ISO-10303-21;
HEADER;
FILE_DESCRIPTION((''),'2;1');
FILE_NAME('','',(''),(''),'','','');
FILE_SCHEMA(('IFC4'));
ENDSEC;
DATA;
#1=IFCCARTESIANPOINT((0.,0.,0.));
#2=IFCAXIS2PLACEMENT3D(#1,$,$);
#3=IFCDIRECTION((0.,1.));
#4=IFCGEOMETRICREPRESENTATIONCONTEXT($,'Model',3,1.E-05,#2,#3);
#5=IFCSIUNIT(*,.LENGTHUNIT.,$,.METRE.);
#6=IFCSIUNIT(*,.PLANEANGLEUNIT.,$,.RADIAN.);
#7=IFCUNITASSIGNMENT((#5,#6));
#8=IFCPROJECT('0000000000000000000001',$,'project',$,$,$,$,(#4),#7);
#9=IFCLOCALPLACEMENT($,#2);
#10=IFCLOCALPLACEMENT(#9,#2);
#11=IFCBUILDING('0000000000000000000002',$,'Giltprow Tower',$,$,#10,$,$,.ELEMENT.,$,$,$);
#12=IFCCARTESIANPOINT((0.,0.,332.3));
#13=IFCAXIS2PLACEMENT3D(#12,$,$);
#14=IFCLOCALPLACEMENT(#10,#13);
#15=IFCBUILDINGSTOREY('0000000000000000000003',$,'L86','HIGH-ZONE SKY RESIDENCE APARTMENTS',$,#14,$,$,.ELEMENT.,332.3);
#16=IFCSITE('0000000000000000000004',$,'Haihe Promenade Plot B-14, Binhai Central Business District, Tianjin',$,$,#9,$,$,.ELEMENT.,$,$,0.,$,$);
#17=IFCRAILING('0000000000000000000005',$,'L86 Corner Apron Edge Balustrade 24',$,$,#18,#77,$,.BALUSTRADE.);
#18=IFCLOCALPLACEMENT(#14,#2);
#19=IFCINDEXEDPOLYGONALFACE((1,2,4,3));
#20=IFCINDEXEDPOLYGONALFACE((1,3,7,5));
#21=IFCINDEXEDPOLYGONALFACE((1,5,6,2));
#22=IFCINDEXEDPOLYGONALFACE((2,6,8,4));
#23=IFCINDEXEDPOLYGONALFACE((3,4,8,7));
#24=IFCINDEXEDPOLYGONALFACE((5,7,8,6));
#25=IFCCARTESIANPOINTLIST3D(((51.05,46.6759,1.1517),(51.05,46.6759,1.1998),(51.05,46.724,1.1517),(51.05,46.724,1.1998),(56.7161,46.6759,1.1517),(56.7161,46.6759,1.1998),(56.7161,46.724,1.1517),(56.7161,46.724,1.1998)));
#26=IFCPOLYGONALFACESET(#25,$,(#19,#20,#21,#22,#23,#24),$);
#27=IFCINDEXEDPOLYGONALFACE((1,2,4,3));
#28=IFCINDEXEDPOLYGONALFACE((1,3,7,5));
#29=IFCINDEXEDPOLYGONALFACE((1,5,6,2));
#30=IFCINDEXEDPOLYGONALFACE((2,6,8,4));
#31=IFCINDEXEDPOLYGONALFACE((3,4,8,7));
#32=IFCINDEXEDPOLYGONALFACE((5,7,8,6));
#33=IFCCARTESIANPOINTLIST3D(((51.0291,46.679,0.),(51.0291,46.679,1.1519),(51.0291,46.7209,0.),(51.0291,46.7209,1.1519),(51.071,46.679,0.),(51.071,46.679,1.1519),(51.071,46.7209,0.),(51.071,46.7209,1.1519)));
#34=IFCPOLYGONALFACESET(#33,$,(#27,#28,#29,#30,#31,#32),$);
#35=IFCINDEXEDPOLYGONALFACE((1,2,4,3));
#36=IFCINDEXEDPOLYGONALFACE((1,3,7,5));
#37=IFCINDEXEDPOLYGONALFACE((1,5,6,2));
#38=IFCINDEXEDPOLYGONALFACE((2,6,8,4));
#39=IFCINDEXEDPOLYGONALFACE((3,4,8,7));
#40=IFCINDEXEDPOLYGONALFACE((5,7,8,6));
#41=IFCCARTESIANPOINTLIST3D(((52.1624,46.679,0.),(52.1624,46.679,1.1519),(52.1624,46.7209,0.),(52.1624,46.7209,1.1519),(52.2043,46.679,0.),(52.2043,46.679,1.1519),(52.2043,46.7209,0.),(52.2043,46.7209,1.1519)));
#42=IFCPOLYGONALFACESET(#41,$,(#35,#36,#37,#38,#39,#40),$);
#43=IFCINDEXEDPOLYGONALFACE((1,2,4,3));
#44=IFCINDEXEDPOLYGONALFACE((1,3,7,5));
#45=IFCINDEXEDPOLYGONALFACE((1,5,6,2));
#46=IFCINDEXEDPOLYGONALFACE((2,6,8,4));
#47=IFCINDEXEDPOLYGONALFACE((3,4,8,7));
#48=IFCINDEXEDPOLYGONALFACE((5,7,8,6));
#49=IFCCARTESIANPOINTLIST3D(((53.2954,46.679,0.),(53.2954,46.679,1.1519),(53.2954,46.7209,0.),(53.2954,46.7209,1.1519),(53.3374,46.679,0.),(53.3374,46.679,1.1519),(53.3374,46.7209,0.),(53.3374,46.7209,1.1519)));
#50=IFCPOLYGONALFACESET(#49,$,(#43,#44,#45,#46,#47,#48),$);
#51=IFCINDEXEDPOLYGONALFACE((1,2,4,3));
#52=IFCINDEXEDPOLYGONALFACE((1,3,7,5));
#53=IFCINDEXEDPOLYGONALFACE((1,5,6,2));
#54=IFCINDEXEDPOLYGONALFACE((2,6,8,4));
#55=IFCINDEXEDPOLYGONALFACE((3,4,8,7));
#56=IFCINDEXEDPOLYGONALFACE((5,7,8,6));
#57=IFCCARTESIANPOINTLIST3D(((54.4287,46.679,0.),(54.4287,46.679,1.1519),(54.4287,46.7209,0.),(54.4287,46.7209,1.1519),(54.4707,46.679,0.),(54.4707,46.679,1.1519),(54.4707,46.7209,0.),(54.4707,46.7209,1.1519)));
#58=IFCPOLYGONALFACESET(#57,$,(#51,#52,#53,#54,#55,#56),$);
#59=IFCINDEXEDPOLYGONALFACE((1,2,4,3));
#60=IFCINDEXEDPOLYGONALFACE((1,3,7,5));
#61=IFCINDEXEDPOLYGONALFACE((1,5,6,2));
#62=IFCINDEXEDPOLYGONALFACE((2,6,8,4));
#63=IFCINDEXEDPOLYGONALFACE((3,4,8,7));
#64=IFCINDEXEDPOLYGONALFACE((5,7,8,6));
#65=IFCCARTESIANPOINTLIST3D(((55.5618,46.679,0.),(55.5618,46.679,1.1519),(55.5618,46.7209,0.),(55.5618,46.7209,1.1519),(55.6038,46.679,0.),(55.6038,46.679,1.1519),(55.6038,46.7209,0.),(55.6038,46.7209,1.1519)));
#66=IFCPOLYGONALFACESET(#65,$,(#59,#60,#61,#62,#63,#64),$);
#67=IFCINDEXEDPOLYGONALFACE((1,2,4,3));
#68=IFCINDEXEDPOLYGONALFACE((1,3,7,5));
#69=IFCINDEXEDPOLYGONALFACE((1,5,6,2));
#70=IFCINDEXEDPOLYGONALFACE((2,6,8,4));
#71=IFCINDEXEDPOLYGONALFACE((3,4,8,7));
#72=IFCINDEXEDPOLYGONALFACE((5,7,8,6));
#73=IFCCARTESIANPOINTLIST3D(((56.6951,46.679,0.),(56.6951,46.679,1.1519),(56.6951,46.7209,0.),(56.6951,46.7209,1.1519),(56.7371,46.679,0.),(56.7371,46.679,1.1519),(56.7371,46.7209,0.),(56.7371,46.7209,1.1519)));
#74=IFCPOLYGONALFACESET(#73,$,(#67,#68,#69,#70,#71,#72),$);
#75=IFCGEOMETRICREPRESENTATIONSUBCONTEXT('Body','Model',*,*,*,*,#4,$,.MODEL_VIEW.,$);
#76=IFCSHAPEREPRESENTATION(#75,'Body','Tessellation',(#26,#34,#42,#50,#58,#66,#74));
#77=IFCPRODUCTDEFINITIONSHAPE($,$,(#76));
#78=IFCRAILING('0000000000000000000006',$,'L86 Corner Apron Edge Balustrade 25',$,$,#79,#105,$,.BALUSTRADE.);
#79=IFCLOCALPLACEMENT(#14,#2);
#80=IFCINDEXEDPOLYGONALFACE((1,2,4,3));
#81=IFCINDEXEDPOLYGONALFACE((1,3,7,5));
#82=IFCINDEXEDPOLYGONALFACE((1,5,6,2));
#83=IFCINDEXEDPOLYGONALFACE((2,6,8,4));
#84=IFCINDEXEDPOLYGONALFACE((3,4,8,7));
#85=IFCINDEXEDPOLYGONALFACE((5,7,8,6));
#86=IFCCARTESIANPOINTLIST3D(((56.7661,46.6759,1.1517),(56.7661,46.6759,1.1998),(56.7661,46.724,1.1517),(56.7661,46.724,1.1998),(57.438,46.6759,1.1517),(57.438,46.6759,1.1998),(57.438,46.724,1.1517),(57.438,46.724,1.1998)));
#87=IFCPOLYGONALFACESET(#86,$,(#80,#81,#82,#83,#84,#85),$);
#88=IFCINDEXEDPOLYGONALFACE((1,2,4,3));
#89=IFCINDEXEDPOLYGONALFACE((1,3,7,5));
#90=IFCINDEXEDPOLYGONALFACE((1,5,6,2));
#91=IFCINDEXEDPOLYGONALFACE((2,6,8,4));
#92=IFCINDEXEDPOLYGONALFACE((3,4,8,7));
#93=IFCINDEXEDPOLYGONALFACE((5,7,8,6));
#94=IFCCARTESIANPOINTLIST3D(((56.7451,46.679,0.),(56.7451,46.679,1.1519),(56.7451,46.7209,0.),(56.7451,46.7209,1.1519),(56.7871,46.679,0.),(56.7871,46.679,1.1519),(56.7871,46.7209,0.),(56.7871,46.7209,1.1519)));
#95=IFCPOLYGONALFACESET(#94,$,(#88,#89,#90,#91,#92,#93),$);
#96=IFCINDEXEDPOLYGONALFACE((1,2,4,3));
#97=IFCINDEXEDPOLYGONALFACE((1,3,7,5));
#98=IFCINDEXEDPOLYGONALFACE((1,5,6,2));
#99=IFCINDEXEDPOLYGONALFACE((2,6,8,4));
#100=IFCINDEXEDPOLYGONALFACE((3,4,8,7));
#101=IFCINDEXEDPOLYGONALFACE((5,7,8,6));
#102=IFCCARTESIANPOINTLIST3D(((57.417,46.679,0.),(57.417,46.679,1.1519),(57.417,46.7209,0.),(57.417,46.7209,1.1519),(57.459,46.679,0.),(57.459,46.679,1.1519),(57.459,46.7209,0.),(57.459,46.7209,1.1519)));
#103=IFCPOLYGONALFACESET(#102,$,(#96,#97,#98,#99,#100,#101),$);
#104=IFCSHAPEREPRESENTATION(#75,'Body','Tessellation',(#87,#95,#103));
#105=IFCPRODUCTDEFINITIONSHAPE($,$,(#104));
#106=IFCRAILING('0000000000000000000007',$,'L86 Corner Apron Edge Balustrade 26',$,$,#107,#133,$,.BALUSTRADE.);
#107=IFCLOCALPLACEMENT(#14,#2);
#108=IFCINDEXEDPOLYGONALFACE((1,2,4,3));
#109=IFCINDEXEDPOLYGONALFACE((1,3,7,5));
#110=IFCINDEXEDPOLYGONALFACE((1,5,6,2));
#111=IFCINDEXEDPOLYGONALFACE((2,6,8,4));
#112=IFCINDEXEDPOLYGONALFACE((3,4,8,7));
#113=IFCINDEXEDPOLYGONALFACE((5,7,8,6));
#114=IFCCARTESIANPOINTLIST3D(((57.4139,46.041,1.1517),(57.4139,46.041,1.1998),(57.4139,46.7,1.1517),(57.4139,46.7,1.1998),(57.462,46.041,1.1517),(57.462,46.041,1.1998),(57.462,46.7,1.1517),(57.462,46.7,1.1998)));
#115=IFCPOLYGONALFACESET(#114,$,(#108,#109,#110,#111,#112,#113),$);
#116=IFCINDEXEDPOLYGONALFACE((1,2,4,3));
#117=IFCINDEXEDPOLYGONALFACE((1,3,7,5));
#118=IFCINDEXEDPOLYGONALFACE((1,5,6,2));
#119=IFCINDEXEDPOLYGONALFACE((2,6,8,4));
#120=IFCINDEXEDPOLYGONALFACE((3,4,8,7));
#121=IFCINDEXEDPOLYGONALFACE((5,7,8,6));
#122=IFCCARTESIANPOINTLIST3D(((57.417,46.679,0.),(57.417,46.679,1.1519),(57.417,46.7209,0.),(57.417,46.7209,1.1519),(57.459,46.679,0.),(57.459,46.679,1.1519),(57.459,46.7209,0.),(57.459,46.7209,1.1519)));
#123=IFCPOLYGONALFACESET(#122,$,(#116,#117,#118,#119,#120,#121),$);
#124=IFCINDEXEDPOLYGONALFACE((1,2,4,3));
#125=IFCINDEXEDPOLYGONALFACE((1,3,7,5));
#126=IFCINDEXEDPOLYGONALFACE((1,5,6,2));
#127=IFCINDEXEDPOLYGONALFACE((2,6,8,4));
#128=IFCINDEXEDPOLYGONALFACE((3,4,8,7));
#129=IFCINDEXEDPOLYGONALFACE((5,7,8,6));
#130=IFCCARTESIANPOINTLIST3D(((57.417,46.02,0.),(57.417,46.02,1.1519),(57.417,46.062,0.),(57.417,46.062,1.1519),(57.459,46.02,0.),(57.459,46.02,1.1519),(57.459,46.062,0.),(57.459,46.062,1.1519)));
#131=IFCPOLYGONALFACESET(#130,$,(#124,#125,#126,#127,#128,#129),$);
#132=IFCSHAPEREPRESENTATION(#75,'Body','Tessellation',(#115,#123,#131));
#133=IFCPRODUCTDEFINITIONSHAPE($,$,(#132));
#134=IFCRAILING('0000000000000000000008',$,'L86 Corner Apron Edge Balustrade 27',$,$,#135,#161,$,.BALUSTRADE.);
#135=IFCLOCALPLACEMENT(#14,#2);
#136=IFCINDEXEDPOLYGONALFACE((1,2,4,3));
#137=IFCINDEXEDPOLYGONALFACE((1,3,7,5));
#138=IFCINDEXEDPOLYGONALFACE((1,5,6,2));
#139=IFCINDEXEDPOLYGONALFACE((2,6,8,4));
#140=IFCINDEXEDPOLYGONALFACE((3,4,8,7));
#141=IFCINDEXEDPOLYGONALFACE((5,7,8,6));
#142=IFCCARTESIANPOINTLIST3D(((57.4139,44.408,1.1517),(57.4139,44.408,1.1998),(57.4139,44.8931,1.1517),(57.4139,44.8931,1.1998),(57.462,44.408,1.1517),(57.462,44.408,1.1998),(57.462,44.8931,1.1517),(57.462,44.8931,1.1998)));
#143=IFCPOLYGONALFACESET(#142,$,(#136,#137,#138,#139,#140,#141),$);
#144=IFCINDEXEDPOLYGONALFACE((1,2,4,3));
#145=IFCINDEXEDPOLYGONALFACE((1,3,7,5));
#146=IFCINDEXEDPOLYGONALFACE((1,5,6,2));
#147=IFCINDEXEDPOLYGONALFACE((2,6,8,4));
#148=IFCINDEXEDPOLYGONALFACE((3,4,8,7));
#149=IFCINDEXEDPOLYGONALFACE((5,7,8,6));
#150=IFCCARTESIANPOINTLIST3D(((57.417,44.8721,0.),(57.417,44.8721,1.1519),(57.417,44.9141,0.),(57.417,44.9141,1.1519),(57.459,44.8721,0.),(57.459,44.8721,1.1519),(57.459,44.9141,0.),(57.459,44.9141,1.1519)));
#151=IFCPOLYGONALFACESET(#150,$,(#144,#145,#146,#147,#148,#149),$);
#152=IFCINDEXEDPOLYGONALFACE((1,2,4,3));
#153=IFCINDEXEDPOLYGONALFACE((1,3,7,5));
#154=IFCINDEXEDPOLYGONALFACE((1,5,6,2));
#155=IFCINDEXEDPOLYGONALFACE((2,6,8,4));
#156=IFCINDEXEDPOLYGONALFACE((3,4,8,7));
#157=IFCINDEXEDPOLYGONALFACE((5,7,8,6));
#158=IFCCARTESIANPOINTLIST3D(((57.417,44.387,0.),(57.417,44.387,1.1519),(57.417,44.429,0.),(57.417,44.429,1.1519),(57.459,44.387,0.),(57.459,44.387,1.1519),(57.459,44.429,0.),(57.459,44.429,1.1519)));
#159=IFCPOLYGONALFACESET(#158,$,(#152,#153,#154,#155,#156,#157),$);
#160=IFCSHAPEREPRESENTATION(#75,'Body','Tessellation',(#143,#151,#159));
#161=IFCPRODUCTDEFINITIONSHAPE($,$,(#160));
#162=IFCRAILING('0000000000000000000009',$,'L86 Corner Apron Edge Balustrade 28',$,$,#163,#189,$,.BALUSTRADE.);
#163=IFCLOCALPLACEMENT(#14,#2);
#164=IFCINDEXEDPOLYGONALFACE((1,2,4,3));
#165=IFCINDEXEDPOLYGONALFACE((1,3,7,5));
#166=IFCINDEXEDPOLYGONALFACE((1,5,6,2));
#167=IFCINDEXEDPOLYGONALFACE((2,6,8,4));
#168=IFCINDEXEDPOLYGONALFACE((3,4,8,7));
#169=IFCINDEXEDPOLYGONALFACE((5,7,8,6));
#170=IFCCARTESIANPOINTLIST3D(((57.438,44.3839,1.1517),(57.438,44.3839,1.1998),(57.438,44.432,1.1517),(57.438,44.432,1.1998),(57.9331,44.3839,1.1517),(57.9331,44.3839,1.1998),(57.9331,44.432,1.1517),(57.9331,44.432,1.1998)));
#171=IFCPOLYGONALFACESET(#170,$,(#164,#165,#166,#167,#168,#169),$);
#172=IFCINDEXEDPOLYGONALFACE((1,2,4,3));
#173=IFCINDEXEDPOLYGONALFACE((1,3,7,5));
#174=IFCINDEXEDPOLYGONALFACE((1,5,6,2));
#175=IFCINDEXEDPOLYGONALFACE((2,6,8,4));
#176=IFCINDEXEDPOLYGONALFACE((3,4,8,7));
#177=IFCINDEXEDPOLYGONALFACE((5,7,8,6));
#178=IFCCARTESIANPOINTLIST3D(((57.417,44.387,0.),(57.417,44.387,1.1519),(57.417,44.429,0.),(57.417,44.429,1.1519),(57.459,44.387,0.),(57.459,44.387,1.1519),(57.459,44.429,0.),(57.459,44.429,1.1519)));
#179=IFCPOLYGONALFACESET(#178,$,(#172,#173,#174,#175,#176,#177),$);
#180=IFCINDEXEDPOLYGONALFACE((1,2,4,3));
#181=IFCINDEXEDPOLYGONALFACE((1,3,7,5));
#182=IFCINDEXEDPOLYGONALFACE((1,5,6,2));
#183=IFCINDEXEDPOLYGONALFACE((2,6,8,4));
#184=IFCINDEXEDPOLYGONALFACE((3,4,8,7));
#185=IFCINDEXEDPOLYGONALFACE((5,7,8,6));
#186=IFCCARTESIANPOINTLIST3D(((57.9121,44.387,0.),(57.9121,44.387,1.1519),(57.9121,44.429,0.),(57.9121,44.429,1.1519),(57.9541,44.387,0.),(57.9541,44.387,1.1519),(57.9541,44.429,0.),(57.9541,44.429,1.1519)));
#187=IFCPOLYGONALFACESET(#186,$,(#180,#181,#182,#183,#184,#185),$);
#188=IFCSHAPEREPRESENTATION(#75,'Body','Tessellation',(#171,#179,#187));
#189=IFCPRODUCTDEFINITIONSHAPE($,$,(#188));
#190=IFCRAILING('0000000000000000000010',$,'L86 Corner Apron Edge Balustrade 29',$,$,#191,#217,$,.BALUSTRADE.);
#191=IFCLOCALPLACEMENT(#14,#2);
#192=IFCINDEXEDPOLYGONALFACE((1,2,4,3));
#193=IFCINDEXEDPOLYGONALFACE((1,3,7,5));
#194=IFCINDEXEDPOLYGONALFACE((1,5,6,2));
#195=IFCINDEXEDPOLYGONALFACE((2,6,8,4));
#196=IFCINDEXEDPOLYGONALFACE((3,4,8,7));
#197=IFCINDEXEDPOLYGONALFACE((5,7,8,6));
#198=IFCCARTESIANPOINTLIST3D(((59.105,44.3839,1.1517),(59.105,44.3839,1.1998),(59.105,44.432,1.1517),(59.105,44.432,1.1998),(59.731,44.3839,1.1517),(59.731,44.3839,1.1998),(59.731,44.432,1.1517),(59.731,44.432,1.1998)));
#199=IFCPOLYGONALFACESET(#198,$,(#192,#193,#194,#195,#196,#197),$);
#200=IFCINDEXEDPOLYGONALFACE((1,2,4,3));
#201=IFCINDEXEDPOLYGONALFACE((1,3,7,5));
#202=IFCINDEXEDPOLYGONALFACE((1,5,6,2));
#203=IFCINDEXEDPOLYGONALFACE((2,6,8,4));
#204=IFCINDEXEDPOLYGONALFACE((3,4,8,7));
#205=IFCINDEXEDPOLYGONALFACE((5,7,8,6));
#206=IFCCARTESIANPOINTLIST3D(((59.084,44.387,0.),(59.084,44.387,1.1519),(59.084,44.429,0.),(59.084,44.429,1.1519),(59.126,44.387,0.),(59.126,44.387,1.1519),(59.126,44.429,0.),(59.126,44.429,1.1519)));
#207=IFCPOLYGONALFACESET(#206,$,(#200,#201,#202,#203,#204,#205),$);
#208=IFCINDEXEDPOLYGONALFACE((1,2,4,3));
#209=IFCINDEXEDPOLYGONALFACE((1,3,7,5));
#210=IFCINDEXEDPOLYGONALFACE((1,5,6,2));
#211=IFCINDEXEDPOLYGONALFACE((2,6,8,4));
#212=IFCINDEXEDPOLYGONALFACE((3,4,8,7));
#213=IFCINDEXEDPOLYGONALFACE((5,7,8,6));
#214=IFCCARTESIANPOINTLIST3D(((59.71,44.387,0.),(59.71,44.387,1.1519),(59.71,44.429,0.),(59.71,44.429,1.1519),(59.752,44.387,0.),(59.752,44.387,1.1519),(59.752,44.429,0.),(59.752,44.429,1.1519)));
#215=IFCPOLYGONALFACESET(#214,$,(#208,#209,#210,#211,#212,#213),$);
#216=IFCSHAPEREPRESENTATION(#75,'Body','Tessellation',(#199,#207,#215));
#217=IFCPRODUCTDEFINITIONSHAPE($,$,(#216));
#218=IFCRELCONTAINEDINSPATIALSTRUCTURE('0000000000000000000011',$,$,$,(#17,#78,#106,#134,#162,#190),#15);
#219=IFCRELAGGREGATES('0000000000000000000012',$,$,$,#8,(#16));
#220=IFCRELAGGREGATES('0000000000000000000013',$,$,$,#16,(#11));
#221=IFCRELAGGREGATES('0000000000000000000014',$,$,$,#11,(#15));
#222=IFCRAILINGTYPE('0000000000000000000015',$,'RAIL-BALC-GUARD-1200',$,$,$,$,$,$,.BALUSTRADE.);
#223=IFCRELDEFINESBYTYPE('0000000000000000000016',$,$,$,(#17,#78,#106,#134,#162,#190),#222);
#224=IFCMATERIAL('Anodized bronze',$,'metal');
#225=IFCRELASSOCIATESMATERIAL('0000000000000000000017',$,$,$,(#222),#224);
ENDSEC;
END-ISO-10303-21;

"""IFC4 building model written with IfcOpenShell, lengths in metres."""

from ifc_helpers import new_model, si_unit, direction, frame, origin, origin_2d, place, context, subcontext, project, spatial, rectangle, extrude, material, type_object, element, save


model = new_model("IFC4")

# Units and contexts
model_context = context("Model", 3, precision=1e-05, world=origin(), true_north=direction((0.0, 1.0)))
body_context = subcontext(model_context, "Body", "Model", "MODEL_VIEW")
ifc_project = project(units=[si_unit("LENGTHUNIT", "METRE"), si_unit("PLANEANGLEUNIT", "RADIAN")], contexts=[model_context])

# Site, building, storey
site_placement = place(None, origin())
site = spatial("IfcSite", under=ifc_project, at=site_placement, Name="Haihe Promenade Plot B-14, Binhai Central Business District, Tianjin", CompositionType="ELEMENT", RefElevation=0.0)
building_placement = place(site_placement, origin())
building = spatial("IfcBuilding", under=site, at=building_placement, Name="Giltprow Tower", CompositionType="ELEMENT")
storey_placement = place(building_placement, frame((0.0, 0.0, 332.3)))
storey = spatial("IfcBuildingStorey", under=building, at=storey_placement, Name="L86", Description="HIGH-ZONE SKY RESIDENCE APARTMENTS", CompositionType="ELEMENT", Elevation=332.3)

# Railings
ifc_material_1 = material(Name="Anodized bronze", Category="metal")
railing_type = type_object("IfcRailingType", Name="RAIL-BALC-GUARD-1200", PredefinedType="BALUSTRADE", material=ifc_material_1)
railing_1_placement = place(storey_placement, frame((51.05, 46.7, 0.0)))
element("IfcRailing", 1, at=railing_1_placement, inside=storey, type_object=railing_type, Name="L86 Corner Apron Edge Balustrade 24", PredefinedType="BALUSTRADE", context=body_context, shape_type="SweptSolid", body=[
    extrude(rectangle(XDim=0.0481, YDim=0.0481, at=origin_2d()), frame((0.0, 0.0, 1.1758), z_axis=(1.0, 0.0, 0.0), x_axis=(0.0, 1.0, 0.0)), (0.0, 0.0, 1.0), 5.666),
    extrude(rectangle(XDim=0.042, YDim=0.042, at=origin_2d()), origin(), (0.0, 0.0, 1.0), 1.1519),
    extrude(rectangle(XDim=0.042, YDim=0.042, at=origin_2d()), frame((1.1333, 0.0, 0.0)), (0.0, 0.0, 1.0), 1.1519),
    extrude(rectangle(XDim=0.042, YDim=0.042, at=origin_2d()), frame((2.2664, 0.0, 0.0)), (0.0, 0.0, 1.0), 1.1519),
    extrude(rectangle(XDim=0.042, YDim=0.042, at=origin_2d()), frame((3.3997, 0.0, 0.0)), (0.0, 0.0, 1.0), 1.1519),
    extrude(rectangle(XDim=0.042, YDim=0.042, at=origin_2d()), frame((4.5327, 0.0, 0.0)), (0.0, 0.0, 1.0), 1.1519),
    extrude(rectangle(XDim=0.042, YDim=0.042, at=origin_2d()), frame((5.666, 0.0, 0.0)), (0.0, 0.0, 1.0), 1.1519),
])
railing_2_placement = place(storey_placement, frame((56.7661, 46.7, 0.0)))
element("IfcRailing", 2, at=railing_2_placement, inside=storey, type_object=railing_type, Name="L86 Corner Apron Edge Balustrade 25", PredefinedType="BALUSTRADE", context=body_context, shape_type="SweptSolid", body=[
    extrude(rectangle(XDim=0.0481, YDim=0.0481, at=origin_2d()), frame((0.0, 0.0, 1.1758), z_axis=(1.0, 0.0, 0.0), x_axis=(0.0, 1.0, 0.0)), (0.0, 0.0, 1.0), 0.6719),
    extrude(rectangle(XDim=0.042, YDim=0.042, at=origin_2d()), origin(), (0.0, 0.0, 1.0), 1.1519),
    extrude(rectangle(XDim=0.042, YDim=0.042, at=origin_2d()), frame((0.6719, 0.0, 0.0)), (0.0, 0.0, 1.0), 1.1519),
])
railing_3_placement = place(storey_placement, frame((57.438, 46.7, 0.0)))
element("IfcRailing", 3, at=railing_3_placement, inside=storey, type_object=railing_type, Name="L86 Corner Apron Edge Balustrade 26", PredefinedType="BALUSTRADE", context=body_context, shape_type="SweptSolid", body=[
    extrude(rectangle(XDim=0.0481, YDim=0.0481, at=origin_2d()), frame((0.0, 0.0, 1.1758), z_axis=(0.0, -1.0, 0.0), x_axis=(1.0, 0.0, 0.0)), (0.0, 0.0, 1.0), 0.6589),
    extrude(rectangle(XDim=0.042, YDim=0.042, at=origin_2d()), origin(), (0.0, 0.0, 1.0), 1.1519),
    extrude(rectangle(XDim=0.042, YDim=0.042, at=origin_2d()), frame((0.0, -0.6589, 0.0)), (0.0, 0.0, 1.0), 1.1519),
])
railing_4_placement = place(storey_placement, frame((57.438, 44.8931, 0.0)))
element("IfcRailing", 4, at=railing_4_placement, inside=storey, type_object=railing_type, Name="L86 Corner Apron Edge Balustrade 27", PredefinedType="BALUSTRADE", context=body_context, shape_type="SweptSolid", body=[
    extrude(rectangle(XDim=0.0481, YDim=0.0481, at=origin_2d()), frame((0.0, 0.0, 1.1758), z_axis=(0.0, -1.0, 0.0), x_axis=(1.0, 0.0, 0.0)), (0.0, 0.0, 1.0), 0.4851),
    extrude(rectangle(XDim=0.042, YDim=0.042, at=origin_2d()), origin(), (0.0, 0.0, 1.0), 1.1519),
    extrude(rectangle(XDim=0.042, YDim=0.042, at=origin_2d()), frame((0.0, -0.4851, 0.0)), (0.0, 0.0, 1.0), 1.1519),
])
railing_5_placement = place(storey_placement, frame((57.438, 44.408, 0.0)))
element("IfcRailing", 5, at=railing_5_placement, inside=storey, type_object=railing_type, Name="L86 Corner Apron Edge Balustrade 28", PredefinedType="BALUSTRADE", context=body_context, shape_type="SweptSolid", body=[
    extrude(rectangle(XDim=0.0481, YDim=0.0481, at=origin_2d()), frame((0.0, 0.0, 1.1758), z_axis=(1.0, 0.0, 0.0), x_axis=(0.0, 1.0, 0.0)), (0.0, 0.0, 1.0), 0.4951),
    extrude(rectangle(XDim=0.042, YDim=0.042, at=origin_2d()), origin(), (0.0, 0.0, 1.0), 1.1519),
    extrude(rectangle(XDim=0.042, YDim=0.042, at=origin_2d()), frame((0.4951, 0.0, 0.0)), (0.0, 0.0, 1.0), 1.1519),
])
railing_6_placement = place(storey_placement, frame((59.105, 44.408, 0.0)))
element("IfcRailing", 6, at=railing_6_placement, inside=storey, type_object=railing_type, Name="L86 Corner Apron Edge Balustrade 29", PredefinedType="BALUSTRADE", context=body_context, shape_type="SweptSolid", body=[
    extrude(rectangle(XDim=0.0481, YDim=0.0481, at=origin_2d()), frame((0.0, 0.0, 1.1758), z_axis=(1.0, 0.0, 0.0), x_axis=(0.0, 1.0, 0.0)), (0.0, 0.0, 1.0), 0.626),
    extrude(rectangle(XDim=0.042, YDim=0.042, at=origin_2d()), origin(), (0.0, 0.0, 1.0), 1.1519),
    extrude(rectangle(XDim=0.042, YDim=0.042, at=origin_2d()), frame((0.626, 0.0, 0.0)), (0.0, 0.0, 1.0), 1.1519),
])

save(model, "model.ifc")
